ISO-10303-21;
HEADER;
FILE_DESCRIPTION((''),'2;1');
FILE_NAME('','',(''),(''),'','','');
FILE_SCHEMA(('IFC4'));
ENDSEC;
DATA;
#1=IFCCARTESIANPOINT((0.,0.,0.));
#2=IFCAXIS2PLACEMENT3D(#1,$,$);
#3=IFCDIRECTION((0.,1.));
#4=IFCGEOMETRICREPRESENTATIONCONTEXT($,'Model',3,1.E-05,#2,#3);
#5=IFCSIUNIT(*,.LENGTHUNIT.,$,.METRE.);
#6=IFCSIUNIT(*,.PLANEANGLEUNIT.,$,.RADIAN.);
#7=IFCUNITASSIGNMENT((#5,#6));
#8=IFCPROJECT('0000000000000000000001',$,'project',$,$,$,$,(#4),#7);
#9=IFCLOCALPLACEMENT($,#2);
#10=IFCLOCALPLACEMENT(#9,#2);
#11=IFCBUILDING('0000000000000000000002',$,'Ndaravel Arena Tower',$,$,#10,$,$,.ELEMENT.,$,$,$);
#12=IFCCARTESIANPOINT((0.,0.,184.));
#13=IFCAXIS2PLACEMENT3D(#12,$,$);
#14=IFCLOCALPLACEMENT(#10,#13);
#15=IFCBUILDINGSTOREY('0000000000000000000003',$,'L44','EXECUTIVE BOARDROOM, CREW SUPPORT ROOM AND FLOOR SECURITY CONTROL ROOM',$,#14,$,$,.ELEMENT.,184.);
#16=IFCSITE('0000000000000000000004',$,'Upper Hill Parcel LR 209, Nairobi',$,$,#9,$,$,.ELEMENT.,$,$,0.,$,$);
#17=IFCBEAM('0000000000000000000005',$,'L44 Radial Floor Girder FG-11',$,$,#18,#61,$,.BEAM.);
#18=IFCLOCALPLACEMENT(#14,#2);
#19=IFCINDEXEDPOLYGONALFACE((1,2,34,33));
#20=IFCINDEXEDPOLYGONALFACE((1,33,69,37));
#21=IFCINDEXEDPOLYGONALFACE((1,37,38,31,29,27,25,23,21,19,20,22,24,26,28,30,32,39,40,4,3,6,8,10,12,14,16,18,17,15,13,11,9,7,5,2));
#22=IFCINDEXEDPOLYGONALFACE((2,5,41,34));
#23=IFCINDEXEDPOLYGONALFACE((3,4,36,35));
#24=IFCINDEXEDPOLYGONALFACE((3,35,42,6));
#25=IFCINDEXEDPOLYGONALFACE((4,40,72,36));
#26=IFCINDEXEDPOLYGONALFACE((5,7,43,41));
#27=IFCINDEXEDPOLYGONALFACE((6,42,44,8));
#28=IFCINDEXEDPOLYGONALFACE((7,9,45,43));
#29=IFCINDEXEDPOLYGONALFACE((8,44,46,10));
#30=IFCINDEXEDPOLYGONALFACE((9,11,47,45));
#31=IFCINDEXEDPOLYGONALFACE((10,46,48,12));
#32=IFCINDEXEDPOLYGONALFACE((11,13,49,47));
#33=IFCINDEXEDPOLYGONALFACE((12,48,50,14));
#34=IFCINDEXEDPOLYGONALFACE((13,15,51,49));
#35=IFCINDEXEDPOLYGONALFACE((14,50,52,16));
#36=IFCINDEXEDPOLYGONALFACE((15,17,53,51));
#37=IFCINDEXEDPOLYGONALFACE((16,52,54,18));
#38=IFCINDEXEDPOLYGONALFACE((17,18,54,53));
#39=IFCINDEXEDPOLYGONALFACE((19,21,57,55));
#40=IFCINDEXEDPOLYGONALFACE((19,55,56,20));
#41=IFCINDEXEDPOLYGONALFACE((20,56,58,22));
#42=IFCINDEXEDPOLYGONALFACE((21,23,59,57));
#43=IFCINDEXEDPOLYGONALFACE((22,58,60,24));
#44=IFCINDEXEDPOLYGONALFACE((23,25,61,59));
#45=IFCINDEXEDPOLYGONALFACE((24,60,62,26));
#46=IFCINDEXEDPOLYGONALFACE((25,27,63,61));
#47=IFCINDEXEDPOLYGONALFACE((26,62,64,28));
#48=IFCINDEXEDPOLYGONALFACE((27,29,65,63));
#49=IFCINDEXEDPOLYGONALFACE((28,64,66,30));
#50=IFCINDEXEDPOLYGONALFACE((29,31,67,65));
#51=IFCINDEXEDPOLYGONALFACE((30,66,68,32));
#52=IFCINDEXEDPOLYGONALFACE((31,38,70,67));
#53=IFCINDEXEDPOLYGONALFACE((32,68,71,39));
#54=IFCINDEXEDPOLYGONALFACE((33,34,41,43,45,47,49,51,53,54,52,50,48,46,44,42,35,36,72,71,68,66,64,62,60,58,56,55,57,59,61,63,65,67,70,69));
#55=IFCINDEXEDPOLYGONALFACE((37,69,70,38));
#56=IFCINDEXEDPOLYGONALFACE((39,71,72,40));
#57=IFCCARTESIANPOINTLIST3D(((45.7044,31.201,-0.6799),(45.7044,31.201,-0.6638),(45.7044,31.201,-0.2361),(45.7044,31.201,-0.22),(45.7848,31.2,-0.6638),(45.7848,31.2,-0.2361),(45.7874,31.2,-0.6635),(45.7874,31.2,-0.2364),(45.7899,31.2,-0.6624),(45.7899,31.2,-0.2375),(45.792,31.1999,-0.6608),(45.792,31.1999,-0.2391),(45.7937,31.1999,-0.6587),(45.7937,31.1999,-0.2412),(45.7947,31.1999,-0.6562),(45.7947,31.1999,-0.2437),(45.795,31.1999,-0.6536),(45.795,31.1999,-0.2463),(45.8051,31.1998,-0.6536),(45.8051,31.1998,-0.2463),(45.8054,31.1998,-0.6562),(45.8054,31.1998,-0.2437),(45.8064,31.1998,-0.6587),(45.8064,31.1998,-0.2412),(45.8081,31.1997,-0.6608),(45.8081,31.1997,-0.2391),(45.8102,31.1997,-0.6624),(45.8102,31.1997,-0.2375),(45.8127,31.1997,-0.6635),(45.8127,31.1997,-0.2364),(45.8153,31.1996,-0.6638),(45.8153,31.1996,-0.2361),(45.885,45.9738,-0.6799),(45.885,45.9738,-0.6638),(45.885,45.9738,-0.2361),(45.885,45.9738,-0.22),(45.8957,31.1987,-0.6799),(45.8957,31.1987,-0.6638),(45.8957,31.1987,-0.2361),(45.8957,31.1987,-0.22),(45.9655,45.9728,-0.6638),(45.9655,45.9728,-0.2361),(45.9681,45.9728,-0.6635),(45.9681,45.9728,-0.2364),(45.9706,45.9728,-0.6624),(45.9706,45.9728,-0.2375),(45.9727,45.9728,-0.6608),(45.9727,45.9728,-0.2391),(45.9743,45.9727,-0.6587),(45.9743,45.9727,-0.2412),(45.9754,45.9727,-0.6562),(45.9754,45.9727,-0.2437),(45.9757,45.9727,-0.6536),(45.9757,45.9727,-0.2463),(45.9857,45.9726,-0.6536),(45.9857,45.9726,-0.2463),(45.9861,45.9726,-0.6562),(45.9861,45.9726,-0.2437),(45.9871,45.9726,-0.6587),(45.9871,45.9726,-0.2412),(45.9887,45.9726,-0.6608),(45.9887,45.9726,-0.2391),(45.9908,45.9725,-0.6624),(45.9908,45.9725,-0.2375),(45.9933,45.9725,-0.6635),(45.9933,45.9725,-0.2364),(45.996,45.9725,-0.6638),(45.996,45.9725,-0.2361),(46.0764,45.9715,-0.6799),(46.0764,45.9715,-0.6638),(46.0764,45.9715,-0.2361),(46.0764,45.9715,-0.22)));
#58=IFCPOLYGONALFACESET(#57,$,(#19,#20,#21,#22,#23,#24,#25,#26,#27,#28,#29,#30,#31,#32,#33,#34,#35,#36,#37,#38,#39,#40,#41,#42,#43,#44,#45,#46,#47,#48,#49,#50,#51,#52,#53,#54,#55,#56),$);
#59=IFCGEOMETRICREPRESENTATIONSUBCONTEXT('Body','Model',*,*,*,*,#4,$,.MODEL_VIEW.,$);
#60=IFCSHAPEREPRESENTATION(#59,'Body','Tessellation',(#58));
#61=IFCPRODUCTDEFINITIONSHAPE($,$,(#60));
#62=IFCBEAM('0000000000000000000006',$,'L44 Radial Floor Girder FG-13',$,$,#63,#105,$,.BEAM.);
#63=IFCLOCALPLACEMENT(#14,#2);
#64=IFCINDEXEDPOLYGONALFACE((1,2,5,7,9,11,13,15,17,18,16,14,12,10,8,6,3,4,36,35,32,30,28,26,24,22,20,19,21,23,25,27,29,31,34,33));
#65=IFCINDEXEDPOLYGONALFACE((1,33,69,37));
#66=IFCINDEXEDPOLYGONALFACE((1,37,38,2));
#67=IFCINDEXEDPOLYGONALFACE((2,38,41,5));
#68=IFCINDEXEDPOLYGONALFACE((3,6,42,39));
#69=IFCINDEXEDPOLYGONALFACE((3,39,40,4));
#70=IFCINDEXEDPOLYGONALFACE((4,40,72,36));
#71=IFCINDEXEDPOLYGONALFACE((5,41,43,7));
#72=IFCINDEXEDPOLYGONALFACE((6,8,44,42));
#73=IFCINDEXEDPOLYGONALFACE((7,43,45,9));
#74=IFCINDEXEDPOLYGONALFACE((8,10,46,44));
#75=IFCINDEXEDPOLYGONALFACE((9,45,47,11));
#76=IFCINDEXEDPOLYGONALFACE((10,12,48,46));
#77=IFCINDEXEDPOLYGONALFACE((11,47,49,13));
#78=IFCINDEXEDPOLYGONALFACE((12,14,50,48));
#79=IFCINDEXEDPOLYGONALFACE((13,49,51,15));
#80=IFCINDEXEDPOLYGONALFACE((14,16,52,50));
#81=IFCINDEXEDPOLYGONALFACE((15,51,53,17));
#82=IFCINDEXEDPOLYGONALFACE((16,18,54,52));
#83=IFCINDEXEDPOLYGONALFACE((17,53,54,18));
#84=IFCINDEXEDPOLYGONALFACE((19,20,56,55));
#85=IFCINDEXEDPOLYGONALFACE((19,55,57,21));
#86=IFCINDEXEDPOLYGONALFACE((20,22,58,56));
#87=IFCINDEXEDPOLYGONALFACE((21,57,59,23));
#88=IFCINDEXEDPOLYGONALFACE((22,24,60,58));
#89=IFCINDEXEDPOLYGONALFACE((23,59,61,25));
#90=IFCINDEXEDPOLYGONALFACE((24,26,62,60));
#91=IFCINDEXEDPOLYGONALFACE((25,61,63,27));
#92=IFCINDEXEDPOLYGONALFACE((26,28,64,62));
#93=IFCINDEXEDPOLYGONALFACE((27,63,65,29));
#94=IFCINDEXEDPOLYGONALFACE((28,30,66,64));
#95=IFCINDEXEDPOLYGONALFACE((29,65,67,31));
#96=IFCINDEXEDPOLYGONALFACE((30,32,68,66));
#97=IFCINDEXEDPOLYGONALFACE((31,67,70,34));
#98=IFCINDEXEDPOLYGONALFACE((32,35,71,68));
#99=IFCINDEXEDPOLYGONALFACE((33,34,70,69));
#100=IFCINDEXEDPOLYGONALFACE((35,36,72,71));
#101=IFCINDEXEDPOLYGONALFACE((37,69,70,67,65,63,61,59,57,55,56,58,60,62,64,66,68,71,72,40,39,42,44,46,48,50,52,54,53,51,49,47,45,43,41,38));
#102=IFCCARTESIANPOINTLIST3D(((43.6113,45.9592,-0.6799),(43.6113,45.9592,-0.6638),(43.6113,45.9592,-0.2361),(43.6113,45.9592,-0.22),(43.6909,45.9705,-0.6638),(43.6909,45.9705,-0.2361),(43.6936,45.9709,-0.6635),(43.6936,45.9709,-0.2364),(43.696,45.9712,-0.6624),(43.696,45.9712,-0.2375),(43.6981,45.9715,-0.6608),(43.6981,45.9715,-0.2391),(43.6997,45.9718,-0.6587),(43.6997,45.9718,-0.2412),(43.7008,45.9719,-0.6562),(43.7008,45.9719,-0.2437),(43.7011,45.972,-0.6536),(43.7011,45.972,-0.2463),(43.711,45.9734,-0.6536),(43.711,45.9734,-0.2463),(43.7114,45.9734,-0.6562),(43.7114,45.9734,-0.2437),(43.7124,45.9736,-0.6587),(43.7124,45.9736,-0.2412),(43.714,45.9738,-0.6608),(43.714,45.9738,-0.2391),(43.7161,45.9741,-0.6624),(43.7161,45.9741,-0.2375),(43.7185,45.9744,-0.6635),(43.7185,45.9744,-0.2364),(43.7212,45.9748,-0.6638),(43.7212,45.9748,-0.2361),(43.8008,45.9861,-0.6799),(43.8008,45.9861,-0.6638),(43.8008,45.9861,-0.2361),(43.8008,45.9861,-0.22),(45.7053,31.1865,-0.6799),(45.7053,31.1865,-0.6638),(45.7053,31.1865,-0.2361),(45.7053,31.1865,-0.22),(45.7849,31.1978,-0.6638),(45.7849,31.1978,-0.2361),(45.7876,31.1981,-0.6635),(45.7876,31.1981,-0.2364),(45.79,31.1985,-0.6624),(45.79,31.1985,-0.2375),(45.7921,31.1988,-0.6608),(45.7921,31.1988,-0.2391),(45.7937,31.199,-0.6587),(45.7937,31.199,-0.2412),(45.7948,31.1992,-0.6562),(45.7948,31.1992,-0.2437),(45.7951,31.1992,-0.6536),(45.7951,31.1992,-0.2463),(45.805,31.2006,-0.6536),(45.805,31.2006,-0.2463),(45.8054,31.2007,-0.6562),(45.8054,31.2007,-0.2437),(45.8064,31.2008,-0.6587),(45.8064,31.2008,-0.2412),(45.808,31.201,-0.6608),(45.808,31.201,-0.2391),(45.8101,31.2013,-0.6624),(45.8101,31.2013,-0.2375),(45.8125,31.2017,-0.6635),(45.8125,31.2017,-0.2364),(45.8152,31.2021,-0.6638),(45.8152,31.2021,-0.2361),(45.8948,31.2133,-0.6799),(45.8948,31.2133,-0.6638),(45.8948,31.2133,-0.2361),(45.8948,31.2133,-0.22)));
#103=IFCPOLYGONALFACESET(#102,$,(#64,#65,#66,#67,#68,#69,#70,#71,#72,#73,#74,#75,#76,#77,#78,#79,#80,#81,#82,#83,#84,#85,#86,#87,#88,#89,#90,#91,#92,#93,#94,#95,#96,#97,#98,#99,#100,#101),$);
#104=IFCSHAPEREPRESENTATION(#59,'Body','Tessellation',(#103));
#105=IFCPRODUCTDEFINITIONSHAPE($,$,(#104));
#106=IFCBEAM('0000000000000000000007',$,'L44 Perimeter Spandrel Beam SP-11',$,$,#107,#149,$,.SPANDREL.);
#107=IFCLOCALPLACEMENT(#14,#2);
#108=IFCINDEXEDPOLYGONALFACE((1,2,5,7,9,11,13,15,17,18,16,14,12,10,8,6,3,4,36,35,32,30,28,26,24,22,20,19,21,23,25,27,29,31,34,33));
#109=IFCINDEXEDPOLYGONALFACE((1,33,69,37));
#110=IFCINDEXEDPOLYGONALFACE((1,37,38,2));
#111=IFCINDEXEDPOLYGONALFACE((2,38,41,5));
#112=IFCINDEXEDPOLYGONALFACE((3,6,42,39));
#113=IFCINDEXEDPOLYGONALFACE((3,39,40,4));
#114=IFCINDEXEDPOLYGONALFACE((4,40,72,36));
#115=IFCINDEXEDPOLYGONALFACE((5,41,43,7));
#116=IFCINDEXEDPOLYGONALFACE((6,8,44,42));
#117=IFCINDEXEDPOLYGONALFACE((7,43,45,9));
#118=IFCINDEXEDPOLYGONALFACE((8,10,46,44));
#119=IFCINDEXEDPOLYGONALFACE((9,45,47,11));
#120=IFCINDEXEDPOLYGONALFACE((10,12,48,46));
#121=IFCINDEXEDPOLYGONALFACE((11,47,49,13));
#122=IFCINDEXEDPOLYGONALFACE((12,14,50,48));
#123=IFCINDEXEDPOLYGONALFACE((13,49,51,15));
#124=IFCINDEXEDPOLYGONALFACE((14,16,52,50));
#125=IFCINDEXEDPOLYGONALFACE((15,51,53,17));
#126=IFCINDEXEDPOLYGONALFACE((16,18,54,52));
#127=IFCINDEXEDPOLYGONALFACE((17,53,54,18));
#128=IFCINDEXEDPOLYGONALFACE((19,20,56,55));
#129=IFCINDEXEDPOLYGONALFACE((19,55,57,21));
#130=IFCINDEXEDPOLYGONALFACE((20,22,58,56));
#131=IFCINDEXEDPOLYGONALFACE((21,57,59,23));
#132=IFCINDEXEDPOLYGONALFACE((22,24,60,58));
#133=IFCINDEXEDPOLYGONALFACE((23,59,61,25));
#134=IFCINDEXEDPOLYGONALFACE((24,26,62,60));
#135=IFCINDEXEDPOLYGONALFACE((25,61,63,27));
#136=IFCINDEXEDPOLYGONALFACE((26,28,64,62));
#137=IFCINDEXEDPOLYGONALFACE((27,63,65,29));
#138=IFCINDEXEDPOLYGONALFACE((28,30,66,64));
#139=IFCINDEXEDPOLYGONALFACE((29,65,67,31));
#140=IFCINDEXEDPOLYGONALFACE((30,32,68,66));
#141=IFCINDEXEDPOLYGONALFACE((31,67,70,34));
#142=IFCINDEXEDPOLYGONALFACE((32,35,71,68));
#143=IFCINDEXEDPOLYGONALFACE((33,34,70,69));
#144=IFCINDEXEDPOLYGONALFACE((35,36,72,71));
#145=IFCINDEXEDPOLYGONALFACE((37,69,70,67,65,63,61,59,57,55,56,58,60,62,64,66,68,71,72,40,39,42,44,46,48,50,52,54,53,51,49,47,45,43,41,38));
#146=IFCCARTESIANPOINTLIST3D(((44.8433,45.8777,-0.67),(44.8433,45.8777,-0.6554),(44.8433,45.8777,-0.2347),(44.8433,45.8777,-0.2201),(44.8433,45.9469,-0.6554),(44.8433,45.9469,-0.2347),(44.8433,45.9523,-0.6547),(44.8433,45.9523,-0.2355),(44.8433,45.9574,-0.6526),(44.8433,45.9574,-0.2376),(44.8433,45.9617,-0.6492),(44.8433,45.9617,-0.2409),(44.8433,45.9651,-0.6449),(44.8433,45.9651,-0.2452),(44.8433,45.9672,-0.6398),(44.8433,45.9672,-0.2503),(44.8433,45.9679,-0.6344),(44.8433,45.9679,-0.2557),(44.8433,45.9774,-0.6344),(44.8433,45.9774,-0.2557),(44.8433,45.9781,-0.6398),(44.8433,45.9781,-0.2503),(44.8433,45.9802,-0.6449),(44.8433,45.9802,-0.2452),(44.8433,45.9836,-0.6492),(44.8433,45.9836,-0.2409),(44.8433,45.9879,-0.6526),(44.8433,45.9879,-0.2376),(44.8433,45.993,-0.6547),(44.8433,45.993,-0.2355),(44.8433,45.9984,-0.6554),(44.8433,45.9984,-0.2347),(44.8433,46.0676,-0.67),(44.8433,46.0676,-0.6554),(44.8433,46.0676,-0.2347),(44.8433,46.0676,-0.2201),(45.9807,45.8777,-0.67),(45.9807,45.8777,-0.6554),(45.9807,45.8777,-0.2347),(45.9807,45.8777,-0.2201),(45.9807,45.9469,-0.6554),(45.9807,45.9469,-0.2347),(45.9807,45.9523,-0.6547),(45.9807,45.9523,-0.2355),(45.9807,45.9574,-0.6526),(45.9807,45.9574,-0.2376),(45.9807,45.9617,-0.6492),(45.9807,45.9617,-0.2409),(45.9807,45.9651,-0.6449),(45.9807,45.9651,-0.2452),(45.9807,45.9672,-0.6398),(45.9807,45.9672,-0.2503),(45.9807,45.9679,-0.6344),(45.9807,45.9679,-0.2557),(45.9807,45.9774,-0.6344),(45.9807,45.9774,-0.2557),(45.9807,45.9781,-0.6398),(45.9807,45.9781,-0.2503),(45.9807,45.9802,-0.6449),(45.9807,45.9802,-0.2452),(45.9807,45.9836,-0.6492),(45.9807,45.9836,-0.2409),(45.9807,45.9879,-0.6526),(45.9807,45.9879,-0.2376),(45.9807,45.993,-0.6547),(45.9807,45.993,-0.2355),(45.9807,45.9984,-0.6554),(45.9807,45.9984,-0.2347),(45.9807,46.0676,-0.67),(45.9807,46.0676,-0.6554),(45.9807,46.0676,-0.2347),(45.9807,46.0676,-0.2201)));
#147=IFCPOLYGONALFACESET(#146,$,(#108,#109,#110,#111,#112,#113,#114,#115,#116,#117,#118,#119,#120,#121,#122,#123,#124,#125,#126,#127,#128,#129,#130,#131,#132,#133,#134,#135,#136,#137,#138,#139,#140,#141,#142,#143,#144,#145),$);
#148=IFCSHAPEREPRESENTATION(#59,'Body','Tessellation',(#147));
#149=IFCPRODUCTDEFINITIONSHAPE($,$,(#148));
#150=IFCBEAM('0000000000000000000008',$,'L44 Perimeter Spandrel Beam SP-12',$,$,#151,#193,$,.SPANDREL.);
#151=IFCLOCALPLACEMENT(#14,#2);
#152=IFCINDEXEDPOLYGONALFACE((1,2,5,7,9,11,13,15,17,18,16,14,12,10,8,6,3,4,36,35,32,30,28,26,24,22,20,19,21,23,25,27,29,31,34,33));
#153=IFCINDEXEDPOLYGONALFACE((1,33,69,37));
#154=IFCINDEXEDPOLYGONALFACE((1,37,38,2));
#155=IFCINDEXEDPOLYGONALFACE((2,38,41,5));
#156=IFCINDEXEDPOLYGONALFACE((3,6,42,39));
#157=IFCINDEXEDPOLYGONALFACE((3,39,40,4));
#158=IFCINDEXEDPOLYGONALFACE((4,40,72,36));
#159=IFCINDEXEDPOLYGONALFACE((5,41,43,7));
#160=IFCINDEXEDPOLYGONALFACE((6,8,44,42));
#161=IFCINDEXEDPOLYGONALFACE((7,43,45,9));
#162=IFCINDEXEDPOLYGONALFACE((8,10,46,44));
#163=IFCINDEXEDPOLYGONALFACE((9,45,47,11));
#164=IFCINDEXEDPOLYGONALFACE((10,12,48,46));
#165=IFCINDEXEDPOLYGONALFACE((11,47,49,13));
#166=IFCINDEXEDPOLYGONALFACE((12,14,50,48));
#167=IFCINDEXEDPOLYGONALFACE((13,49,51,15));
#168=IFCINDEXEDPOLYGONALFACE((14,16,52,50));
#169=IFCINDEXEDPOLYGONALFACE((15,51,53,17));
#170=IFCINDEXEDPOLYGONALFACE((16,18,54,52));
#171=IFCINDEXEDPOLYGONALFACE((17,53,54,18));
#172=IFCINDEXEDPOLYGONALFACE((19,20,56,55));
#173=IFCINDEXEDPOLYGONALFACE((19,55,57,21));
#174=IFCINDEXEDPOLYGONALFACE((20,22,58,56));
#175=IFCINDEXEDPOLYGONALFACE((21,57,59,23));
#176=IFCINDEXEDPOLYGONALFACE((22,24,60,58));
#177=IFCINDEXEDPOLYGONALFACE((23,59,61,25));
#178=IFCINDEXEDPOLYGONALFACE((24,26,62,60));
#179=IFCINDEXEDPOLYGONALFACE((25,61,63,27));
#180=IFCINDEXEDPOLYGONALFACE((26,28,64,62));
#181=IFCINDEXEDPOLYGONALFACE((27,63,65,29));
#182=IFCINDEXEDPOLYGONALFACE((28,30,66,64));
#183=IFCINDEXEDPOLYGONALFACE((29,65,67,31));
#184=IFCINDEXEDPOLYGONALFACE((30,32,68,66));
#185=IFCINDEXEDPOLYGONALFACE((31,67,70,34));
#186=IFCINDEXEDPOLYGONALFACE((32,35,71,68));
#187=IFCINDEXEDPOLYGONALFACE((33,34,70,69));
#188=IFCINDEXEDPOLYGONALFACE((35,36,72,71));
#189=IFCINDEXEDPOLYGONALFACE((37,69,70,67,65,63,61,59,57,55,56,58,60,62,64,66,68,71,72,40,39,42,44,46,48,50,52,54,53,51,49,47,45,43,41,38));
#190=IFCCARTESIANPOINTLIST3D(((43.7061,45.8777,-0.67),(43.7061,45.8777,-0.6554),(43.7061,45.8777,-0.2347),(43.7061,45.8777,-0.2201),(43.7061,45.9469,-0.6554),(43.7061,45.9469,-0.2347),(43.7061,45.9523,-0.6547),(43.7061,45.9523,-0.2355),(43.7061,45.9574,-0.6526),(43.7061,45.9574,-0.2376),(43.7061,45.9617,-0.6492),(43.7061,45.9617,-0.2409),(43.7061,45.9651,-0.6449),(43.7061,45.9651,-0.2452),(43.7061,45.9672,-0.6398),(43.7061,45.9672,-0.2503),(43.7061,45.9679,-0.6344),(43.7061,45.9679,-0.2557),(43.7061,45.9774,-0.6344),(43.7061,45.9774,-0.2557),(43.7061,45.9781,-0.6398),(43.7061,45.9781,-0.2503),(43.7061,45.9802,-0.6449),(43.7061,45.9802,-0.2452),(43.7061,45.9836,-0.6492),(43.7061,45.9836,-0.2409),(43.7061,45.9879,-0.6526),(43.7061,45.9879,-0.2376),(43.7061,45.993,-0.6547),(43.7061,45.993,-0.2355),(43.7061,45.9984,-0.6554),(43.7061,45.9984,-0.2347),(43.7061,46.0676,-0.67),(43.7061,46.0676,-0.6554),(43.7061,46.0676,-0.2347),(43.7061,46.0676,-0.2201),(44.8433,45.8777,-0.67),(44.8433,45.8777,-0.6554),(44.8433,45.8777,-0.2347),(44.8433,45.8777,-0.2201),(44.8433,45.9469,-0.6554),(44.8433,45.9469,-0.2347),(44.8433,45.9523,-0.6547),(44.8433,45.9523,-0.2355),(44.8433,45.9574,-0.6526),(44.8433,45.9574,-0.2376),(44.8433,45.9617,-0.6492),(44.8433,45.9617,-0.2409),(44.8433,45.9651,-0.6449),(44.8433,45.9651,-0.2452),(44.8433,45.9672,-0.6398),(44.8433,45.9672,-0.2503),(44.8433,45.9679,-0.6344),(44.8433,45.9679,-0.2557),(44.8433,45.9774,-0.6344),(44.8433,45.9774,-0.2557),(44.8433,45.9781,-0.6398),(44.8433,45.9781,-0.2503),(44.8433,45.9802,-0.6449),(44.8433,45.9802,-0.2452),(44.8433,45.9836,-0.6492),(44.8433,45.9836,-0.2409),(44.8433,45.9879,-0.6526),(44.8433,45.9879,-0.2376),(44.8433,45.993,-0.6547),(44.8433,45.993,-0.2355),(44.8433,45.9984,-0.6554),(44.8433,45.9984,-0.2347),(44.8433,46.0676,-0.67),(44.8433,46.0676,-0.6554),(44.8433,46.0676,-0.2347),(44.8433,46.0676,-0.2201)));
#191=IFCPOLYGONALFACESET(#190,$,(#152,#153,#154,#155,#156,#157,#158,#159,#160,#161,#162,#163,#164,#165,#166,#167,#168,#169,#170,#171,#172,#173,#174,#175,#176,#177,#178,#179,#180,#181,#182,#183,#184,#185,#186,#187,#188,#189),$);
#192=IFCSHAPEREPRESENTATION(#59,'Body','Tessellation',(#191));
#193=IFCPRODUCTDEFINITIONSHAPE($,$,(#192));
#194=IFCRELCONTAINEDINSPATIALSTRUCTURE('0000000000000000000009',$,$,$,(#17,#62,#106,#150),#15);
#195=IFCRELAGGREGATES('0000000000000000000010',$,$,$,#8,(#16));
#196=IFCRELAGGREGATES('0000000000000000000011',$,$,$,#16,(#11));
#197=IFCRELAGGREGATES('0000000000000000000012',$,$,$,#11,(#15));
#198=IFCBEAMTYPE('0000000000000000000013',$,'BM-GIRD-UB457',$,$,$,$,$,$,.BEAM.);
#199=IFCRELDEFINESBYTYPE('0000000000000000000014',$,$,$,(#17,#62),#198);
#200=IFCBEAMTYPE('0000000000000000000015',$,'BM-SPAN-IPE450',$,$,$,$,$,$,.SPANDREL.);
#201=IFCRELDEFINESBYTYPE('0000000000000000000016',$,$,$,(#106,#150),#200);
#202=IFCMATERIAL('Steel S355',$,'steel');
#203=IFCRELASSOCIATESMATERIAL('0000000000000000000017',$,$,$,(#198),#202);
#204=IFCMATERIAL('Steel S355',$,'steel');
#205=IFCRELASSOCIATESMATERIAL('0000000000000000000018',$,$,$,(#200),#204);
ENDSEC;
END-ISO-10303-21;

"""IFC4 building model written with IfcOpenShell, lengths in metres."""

from ifc_helpers import new_model, si_unit, direction, frame, origin, origin_2d, place, context, subcontext, project, spatial, i_section, extrude, material, material_profile, profile_set, type_object, element, save


model = new_model("IFC4")

# Units and contexts
model_context = context("Model", 3, precision=1e-05, world=origin(), true_north=direction((0.0, 1.0)))
body_context = subcontext(model_context, "Body", "Model", "MODEL_VIEW")
ifc_project = project(units=[si_unit("LENGTHUNIT", "METRE"), si_unit("PLANEANGLEUNIT", "RADIAN")], contexts=[model_context])

# Site, building, storey
site_placement = place(None, origin())
site = spatial("IfcSite", under=ifc_project, at=site_placement, Name="Upper Hill Parcel LR 209, Nairobi", CompositionType="ELEMENT", RefElevation=0.0)
building_placement = place(site_placement, origin())
building = spatial("IfcBuilding", under=site, at=building_placement, Name="Ndaravel Arena Tower", CompositionType="ELEMENT")
storey_placement = place(building_placement, frame((0.0, 0.0, 184.0)))
storey = spatial("IfcBuildingStorey", under=building, at=storey_placement, Name="L44", Description="EXECUTIVE BOARDROOM, CREW SUPPORT ROOM AND FLOOR SECURITY CONTROL ROOM", CompositionType="ELEMENT", Elevation=184.0)

# Beams
ifc_material_1 = material(Name="Steel S355", Category="steel")
ifc_material_profile_1 = material_profile(ifc_material_1, i_section(OverallWidth=0.1914, OverallDepth=0.46, WebThickness=0.01, FlangeThickness=0.0161, FilletRadius=0.0103, at=origin_2d()), Name="UB 457x191x82")
ifc_profile_set_1 = profile_set([ifc_material_profile_1], Name="Steel S355")
beam_type_1 = type_object("IfcBeamType", Name="BM-GIRD-UB457", PredefinedType="BEAM", material=ifc_profile_set_1)
beam_1_placement = place(storey_placement, frame((45.9807, 45.9727, -0.45), z_axis=(-0.012229, -0.999925, 0.0), x_axis=(0.999925, -0.012229, 0.0)))
element("IfcBeam", 1, at=beam_1_placement, inside=storey, type_object=beam_type_1, Name="L44 Radial Floor Girder FG-11", PredefinedType="BEAM", context=body_context, shape_type="SweptSolid", body=[
    extrude(i_section(OverallWidth=0.1914, OverallDepth=0.46, WebThickness=0.01, FlangeThickness=0.0161, FilletRadius=0.0103, at=origin_2d()), origin(), (0.0, 0.0, 1.0), 14.7739),
])
beam_2_placement = place(storey_placement, frame((43.7061, 45.9727, -0.45), z_axis=(0.140345, -0.990103, 0.0), x_axis=(0.990103, 0.140345, 0.0)))
element("IfcBeam", 2, at=beam_2_placement, inside=storey, type_object=beam_type_1, Name="L44 Radial Floor Girder FG-13", PredefinedType="BEAM", context=body_context, shape_type="SweptSolid", body=[
    extrude(i_section(OverallWidth=0.1914, OverallDepth=0.46, WebThickness=0.01, FlangeThickness=0.0161, FilletRadius=0.0103, at=origin_2d()), origin(), (0.0, 0.0, 1.0), 14.9204),
])
ifc_material_2 = material(Name="Steel S355", Category="steel")
ifc_material_profile_2 = material_profile(ifc_material_2, i_section(OverallWidth=0.1899, OverallDepth=0.45, WebThickness=0.0095, FlangeThickness=0.0146, FilletRadius=0.021, at=origin_2d()), Name="IPE 450")
ifc_profile_set_2 = profile_set([ifc_material_profile_2], Name="Steel S355")
beam_type_2 = type_object("IfcBeamType", Name="BM-SPAN-IPE450", PredefinedType="SPANDREL", material=ifc_profile_set_2)
beam_3_placement = place(storey_placement, frame((45.9807, 45.9727, -0.4451), z_axis=(-1.0, 0.0, 0.0), x_axis=(0.0, -1.0, 0.0)))
element("IfcBeam", 3, at=beam_3_placement, inside=storey, type_object=beam_type_2, Name="L44 Perimeter Spandrel Beam SP-11", PredefinedType="SPANDREL", context=body_context, shape_type="SweptSolid", body=[
    extrude(i_section(OverallWidth=0.1899, OverallDepth=0.45, WebThickness=0.0095, FlangeThickness=0.0146, FilletRadius=0.021, at=origin_2d()), origin(), (0.0, 0.0, 1.0), 1.1375),
])
beam_4_placement = place(storey_placement, frame((44.8433, 45.9727, -0.4451), z_axis=(-1.0, 0.0, 0.0), x_axis=(0.0, -1.0, 0.0)))
element("IfcBeam", 4, at=beam_4_placement, inside=storey, type_object=beam_type_2, Name="L44 Perimeter Spandrel Beam SP-12", PredefinedType="SPANDREL", context=body_context, shape_type="SweptSolid", body=[
    extrude(i_section(OverallWidth=0.1899, OverallDepth=0.45, WebThickness=0.0095, FlangeThickness=0.0146, FilletRadius=0.021, at=origin_2d()), origin(), (0.0, 0.0, 1.0), 1.1372),
])

save(model, "model.ifc")
